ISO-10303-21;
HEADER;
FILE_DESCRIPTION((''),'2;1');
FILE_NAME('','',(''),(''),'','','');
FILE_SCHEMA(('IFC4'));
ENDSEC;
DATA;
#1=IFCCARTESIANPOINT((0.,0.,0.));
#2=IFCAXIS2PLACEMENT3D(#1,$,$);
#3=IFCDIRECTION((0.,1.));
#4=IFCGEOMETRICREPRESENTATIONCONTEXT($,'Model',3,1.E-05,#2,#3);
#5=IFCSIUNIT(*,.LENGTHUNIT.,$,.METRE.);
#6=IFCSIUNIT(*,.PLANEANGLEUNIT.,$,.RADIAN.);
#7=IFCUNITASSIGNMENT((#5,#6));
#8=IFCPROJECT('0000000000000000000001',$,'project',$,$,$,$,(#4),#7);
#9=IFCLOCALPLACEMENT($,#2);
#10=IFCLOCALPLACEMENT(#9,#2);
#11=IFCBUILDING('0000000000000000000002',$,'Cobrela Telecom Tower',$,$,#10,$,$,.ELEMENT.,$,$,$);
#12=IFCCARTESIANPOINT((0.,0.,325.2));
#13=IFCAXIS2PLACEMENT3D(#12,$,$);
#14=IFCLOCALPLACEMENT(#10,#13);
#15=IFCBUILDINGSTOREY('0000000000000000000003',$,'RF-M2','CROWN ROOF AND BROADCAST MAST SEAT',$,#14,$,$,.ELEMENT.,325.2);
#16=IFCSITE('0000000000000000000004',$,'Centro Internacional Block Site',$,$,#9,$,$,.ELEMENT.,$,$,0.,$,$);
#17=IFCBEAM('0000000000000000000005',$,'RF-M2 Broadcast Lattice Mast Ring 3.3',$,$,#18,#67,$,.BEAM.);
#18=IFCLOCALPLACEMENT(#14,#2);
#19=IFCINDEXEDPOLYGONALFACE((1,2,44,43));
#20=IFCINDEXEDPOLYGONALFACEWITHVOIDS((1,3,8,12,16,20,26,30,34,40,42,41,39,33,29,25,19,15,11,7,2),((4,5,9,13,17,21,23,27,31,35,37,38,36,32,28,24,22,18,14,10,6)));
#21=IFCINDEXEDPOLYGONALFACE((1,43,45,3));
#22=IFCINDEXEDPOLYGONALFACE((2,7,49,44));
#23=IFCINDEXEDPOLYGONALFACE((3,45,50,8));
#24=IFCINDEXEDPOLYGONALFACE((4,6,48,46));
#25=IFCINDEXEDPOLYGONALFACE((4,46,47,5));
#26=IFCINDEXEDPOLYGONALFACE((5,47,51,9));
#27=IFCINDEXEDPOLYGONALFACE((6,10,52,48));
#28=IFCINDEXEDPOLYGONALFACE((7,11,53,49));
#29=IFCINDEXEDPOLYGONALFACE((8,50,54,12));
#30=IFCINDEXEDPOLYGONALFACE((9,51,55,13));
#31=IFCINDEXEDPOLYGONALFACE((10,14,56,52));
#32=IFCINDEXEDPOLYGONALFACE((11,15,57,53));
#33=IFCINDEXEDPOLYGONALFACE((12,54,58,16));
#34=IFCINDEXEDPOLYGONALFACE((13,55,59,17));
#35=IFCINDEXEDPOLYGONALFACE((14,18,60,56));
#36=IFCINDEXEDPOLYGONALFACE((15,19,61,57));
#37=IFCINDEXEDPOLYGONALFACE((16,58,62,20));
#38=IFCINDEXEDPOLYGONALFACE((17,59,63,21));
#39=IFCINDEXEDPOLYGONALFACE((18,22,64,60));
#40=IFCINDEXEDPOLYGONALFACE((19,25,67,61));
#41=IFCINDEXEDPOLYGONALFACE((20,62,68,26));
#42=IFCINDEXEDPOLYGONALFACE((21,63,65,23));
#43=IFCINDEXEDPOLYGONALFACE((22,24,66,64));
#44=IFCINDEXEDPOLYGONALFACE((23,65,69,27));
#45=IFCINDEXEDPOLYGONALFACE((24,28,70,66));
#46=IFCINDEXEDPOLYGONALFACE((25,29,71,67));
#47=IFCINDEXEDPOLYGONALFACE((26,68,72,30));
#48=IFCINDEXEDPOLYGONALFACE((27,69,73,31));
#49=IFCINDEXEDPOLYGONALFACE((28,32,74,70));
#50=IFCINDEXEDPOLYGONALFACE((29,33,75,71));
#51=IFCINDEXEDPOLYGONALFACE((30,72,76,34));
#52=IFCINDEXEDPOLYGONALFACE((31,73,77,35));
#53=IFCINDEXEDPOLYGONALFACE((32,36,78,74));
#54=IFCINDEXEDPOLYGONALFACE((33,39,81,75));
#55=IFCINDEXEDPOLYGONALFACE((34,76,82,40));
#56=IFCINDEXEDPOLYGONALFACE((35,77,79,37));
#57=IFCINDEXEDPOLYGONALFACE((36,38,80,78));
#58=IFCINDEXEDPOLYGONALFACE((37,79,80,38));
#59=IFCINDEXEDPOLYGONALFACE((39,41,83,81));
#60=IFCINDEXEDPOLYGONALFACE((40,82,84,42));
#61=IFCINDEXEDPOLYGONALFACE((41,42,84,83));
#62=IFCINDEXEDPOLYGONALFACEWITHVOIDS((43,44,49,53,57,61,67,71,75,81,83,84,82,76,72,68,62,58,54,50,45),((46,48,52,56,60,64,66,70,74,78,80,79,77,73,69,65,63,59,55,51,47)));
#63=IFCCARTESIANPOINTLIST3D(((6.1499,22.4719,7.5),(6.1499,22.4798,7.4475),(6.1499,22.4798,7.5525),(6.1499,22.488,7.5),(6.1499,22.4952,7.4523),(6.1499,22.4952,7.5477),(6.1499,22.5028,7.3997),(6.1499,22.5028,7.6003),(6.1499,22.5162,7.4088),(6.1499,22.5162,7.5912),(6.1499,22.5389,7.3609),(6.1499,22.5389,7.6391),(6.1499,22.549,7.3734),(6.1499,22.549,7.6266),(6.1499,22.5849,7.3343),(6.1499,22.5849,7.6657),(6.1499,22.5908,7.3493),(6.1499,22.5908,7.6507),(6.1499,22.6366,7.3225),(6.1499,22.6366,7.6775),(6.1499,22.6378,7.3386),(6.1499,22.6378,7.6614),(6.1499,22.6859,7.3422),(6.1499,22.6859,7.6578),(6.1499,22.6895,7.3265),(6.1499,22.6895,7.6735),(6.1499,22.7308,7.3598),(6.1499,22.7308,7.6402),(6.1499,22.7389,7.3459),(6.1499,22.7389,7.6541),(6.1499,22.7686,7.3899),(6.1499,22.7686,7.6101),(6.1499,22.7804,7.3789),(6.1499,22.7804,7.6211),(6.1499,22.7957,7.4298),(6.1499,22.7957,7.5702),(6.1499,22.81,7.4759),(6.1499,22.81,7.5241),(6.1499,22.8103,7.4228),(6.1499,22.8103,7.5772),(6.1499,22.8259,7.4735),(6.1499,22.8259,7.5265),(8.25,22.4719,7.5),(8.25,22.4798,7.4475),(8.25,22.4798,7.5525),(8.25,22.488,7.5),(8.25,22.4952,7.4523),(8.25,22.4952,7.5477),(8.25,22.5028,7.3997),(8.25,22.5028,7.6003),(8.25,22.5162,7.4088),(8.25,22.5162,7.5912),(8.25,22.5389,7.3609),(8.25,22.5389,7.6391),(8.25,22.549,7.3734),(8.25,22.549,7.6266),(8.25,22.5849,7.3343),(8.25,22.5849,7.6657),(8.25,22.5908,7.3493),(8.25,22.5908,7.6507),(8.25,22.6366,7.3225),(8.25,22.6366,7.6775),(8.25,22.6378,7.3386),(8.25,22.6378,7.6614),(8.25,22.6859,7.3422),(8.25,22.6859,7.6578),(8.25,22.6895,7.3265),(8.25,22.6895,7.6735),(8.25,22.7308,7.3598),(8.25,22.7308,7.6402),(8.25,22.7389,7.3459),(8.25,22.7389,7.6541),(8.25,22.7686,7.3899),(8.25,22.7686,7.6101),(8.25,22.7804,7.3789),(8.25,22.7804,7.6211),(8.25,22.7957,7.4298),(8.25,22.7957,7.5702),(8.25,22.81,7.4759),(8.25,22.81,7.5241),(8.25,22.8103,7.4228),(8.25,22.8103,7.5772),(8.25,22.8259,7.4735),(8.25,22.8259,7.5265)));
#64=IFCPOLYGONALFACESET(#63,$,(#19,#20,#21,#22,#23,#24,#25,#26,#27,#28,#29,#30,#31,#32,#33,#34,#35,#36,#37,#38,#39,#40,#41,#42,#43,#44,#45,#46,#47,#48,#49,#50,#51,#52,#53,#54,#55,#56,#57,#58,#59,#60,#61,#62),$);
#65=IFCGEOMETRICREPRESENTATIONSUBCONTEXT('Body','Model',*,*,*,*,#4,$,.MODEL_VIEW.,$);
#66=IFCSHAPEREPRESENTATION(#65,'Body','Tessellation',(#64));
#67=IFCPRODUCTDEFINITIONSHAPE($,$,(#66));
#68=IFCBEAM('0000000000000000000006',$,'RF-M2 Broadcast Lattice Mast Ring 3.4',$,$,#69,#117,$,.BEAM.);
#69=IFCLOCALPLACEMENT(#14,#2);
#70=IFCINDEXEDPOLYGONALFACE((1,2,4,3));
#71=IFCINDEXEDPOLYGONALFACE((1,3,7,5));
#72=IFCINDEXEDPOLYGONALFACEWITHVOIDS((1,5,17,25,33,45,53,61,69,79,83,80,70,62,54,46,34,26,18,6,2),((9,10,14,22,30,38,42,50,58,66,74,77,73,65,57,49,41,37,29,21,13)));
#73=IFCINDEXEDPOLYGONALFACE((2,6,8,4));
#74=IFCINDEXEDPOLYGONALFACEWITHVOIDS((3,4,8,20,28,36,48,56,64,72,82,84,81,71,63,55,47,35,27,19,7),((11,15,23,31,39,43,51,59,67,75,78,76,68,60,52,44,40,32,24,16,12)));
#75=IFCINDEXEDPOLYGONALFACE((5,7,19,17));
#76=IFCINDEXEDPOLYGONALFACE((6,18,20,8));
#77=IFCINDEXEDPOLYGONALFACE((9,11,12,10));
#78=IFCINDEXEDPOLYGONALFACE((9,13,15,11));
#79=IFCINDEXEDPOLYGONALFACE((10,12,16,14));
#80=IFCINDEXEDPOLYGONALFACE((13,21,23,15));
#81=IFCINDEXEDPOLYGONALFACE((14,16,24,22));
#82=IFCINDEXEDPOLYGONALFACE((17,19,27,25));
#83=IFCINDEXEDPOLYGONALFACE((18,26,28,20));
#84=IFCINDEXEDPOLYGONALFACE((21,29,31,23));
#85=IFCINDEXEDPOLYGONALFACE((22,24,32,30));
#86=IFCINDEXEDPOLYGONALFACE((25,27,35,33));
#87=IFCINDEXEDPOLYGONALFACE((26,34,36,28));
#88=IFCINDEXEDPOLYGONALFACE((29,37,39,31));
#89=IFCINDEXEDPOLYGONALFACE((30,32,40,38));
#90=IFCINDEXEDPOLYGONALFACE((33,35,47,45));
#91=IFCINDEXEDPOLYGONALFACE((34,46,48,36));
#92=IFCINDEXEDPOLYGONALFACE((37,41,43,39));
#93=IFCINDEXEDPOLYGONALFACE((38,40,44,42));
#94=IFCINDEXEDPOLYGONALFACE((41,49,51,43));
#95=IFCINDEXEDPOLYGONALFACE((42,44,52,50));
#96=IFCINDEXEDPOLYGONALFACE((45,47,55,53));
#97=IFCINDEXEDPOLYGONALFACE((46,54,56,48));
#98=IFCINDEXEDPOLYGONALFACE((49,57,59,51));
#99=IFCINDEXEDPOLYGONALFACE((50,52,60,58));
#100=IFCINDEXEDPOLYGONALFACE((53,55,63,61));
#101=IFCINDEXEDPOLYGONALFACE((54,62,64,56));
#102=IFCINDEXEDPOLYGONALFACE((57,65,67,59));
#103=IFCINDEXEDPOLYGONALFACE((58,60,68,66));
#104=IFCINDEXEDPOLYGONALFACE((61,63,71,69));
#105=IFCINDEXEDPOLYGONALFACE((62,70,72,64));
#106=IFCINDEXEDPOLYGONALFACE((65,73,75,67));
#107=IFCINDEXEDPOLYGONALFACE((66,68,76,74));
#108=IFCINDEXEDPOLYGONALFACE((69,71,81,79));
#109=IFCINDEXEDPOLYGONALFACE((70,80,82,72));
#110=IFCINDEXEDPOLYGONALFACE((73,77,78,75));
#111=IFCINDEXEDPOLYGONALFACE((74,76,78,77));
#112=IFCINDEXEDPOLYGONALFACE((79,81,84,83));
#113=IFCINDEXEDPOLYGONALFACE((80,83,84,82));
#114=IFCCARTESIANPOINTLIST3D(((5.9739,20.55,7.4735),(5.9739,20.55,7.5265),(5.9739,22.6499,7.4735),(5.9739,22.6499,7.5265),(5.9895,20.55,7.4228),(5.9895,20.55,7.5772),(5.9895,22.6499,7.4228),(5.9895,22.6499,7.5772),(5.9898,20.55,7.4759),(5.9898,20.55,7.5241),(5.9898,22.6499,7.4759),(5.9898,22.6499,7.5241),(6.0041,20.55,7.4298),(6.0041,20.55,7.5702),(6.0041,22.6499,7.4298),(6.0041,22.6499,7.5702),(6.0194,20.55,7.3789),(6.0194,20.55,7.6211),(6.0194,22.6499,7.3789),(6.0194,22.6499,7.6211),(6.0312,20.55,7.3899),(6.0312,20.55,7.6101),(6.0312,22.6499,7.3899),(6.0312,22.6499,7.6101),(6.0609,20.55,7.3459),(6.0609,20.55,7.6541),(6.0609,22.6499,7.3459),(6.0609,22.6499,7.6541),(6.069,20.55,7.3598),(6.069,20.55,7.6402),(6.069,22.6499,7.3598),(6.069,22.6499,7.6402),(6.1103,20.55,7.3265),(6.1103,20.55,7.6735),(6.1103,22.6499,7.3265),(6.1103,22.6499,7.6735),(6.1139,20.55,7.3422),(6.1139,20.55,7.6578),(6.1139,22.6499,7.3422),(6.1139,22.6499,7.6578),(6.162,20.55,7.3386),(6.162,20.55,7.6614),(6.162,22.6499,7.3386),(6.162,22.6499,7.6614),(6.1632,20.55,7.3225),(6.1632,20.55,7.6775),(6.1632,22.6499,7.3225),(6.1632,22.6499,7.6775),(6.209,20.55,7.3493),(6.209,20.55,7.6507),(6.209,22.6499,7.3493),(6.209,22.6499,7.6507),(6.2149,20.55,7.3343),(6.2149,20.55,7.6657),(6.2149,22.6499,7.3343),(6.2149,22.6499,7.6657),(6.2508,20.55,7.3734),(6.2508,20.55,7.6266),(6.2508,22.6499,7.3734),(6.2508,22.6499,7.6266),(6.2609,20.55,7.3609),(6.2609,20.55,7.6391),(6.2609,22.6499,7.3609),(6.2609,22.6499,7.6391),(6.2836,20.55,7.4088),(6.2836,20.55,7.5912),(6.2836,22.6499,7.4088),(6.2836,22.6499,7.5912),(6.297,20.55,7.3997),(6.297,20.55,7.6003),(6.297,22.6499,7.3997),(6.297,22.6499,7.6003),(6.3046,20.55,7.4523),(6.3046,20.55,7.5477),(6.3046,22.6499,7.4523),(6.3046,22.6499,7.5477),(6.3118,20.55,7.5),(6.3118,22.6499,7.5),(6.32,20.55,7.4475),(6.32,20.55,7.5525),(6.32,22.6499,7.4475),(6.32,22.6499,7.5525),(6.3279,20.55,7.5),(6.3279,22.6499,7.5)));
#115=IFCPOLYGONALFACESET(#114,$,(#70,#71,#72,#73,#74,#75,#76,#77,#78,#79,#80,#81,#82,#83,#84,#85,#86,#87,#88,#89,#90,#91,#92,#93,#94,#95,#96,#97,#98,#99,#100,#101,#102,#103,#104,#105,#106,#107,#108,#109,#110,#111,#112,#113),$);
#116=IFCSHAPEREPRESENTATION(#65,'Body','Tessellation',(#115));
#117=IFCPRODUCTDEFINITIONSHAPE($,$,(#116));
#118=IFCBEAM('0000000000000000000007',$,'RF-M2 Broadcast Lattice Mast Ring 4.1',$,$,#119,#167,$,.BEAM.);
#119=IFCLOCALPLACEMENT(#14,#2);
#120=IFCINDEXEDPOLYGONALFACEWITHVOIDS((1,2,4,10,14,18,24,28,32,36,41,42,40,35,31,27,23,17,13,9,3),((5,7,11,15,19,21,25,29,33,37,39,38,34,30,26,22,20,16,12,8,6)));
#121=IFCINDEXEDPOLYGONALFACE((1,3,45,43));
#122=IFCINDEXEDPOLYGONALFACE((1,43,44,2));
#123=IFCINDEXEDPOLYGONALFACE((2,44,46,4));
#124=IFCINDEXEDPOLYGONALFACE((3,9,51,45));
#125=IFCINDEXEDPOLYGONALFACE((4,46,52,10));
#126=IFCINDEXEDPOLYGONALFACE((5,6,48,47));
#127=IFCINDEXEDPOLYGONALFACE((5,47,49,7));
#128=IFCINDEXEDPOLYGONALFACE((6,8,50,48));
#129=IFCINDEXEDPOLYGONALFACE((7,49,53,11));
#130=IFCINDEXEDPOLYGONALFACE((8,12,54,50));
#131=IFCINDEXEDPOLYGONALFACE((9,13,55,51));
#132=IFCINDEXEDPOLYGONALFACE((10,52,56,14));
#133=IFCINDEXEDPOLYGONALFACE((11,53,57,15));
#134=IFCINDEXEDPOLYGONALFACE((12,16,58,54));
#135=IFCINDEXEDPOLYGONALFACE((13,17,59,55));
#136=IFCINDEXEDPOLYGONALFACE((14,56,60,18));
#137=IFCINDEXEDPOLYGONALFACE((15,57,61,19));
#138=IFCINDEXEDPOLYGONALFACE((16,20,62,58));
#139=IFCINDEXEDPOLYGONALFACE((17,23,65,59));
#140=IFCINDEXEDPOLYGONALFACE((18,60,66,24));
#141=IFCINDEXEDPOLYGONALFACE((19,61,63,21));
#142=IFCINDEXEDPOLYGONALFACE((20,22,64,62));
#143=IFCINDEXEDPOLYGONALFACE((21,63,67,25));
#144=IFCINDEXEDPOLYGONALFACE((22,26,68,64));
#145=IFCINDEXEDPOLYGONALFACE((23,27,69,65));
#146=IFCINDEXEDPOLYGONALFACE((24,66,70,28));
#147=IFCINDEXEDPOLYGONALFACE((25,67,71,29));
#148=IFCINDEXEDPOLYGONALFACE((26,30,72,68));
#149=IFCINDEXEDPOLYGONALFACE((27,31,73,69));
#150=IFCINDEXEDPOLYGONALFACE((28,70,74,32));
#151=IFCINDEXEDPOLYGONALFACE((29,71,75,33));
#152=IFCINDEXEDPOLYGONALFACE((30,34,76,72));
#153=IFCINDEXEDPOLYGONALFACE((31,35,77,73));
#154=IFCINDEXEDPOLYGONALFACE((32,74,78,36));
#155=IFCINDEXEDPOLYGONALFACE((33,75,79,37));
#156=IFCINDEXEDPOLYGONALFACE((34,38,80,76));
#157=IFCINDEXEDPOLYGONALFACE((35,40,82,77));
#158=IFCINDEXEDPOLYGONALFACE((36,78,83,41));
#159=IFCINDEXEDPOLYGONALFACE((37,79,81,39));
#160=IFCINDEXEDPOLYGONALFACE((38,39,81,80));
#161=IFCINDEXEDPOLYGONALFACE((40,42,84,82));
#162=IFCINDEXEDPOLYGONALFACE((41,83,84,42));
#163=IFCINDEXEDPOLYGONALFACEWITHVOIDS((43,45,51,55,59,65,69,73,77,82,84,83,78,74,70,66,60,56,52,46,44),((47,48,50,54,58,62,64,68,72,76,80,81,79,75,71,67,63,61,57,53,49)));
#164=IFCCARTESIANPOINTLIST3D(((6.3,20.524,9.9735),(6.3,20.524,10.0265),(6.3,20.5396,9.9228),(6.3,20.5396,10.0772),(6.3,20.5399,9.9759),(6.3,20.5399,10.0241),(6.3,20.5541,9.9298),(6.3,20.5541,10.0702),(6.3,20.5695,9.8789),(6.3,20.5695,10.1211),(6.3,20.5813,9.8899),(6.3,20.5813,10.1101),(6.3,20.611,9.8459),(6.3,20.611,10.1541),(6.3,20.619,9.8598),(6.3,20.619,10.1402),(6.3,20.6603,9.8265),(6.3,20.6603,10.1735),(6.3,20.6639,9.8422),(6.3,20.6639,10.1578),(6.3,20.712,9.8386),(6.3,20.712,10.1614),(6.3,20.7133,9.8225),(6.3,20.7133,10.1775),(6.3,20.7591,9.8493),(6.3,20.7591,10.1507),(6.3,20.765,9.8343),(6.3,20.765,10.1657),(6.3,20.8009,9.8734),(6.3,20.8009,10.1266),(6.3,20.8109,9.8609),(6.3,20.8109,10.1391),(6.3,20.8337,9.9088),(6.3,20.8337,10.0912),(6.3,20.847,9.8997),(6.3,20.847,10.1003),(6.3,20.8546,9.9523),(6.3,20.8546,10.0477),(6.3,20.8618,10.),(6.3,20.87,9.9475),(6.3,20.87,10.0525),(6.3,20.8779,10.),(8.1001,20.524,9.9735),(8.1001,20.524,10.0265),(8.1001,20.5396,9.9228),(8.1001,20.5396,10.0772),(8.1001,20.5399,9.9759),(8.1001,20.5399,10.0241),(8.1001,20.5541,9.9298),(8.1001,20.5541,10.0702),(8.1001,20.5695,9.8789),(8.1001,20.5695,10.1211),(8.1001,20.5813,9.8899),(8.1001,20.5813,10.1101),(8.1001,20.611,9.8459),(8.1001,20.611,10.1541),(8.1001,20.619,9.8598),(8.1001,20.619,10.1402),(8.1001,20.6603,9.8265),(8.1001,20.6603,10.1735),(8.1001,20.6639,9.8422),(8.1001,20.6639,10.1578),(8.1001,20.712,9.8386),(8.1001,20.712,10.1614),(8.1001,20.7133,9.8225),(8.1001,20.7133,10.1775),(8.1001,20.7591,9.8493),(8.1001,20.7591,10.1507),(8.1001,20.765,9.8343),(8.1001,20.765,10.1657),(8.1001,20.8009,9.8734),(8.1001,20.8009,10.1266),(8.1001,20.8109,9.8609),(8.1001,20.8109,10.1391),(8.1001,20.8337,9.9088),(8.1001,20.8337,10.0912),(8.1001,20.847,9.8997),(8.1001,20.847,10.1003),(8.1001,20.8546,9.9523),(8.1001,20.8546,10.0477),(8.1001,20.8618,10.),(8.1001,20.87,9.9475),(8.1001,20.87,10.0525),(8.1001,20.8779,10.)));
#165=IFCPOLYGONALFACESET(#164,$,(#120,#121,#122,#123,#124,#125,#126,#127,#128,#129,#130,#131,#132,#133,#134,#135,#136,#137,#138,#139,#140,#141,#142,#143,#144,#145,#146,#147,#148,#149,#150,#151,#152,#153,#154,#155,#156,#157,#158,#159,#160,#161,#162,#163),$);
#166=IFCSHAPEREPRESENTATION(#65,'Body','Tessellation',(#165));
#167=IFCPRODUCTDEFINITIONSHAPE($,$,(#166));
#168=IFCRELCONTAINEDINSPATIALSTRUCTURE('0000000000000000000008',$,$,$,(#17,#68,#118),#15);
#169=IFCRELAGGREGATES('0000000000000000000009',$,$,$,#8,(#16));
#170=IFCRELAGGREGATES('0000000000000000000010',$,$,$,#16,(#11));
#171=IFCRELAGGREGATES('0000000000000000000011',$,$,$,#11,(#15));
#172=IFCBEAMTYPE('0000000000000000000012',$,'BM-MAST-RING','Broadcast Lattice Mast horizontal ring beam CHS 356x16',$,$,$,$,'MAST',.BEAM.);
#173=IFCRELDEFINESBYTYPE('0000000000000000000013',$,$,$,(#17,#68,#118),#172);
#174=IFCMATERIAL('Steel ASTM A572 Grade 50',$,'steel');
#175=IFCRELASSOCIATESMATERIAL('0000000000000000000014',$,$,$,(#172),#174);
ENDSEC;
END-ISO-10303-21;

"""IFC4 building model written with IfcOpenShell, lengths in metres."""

from ifc_helpers import new_model, si_unit, direction, frame, origin, origin_2d, place, context, subcontext, project, spatial, hollow_circle, extrude, material, material_profile, profile_set, type_object, element, save


model = new_model("IFC4")

# Units and contexts
model_context = context("Model", 3, precision=1e-05, world=origin(), true_north=direction((0.0, 1.0)))
body_context = subcontext(model_context, "Body", "Model", "MODEL_VIEW")
ifc_project = project(units=[si_unit("LENGTHUNIT", "METRE"), si_unit("PLANEANGLEUNIT", "RADIAN")], contexts=[model_context])

# Site, building, storey
site_placement = place(None, origin())
site = spatial("IfcSite", under=ifc_project, at=site_placement, Name="Centro Internacional Block Site", CompositionType="ELEMENT", RefElevation=0.0)
building_placement = place(site_placement, origin())
building = spatial("IfcBuilding", under=site, at=building_placement, Name="Cobrela Telecom Tower", CompositionType="ELEMENT")
storey_placement = place(building_placement, frame((0.0, 0.0, 325.2)))
storey = spatial("IfcBuildingStorey", under=building, at=storey_placement, Name="RF-M2", Description="CROWN ROOF AND BROADCAST MAST SEAT", CompositionType="ELEMENT", Elevation=325.2)

# Beams
ifc_material = material(Name="Steel ASTM A572 Grade 50", Category="steel")
ifc_material_profile = material_profile(ifc_material, hollow_circle(Radius=0.178, WallThickness=0.0161, at=origin_2d()), Name="CHS 356x16")
ifc_profile_set = profile_set([ifc_material_profile], Name="Steel ASTM A572 Grade 50")
beam_type = type_object("IfcBeamType", Name="BM-MAST-RING", Description="Broadcast Lattice Mast horizontal ring beam CHS 356x16", ElementType="MAST", PredefinedType="BEAM", material=ifc_profile_set)
beam_1_placement = place(storey_placement, frame((8.25, 22.6499, 7.5), z_axis=(-1.0, 0.0, 0.0), x_axis=(0.0, -1.0, 0.0)))
element("IfcBeam", 1, at=beam_1_placement, inside=storey, type_object=beam_type, Name="RF-M2 Broadcast Lattice Mast Ring 3.3", PredefinedType="BEAM", context=body_context, shape_type="SweptSolid", body=[
    extrude(hollow_circle(Radius=0.178, WallThickness=0.0161, at=origin_2d()), origin(), (0.0, 0.0, 1.0), 2.1001),
])
beam_2_placement = place(storey_placement, frame((6.1499, 22.6499, 7.5), z_axis=(0.0, -1.0, 0.0), x_axis=(1.0, 0.0, 0.0)))
element("IfcBeam", 2, at=beam_2_placement, inside=storey, type_object=beam_type, Name="RF-M2 Broadcast Lattice Mast Ring 3.4", PredefinedType="BEAM", context=body_context, shape_type="SweptSolid", body=[
    extrude(hollow_circle(Radius=0.178, WallThickness=0.0161, at=origin_2d()), origin(), (0.0, 0.0, 1.0), 2.0999),
])
for number, where, z_axis, x_axis, name in (
    (3, (6.3, 20.7, 10.0), (1.0, 0.0, 0.0), (0.0, 1.0, 0.0), "RF-M2 Broadcast Lattice Mast Ring 4.1"),
):
    element("IfcBeam", number, at=place(storey_placement, frame(where, z_axis=z_axis, x_axis=x_axis)), inside=storey, type_object=beam_type, Name=name, PredefinedType="BEAM", context=body_context, shape_type="SweptSolid", body=[
        extrude(hollow_circle(Radius=0.178, WallThickness=0.0161, at=origin_2d()), origin(), (0.0, 0.0, 1.0), 1.8),
    ])

save(model, "model.ifc")
